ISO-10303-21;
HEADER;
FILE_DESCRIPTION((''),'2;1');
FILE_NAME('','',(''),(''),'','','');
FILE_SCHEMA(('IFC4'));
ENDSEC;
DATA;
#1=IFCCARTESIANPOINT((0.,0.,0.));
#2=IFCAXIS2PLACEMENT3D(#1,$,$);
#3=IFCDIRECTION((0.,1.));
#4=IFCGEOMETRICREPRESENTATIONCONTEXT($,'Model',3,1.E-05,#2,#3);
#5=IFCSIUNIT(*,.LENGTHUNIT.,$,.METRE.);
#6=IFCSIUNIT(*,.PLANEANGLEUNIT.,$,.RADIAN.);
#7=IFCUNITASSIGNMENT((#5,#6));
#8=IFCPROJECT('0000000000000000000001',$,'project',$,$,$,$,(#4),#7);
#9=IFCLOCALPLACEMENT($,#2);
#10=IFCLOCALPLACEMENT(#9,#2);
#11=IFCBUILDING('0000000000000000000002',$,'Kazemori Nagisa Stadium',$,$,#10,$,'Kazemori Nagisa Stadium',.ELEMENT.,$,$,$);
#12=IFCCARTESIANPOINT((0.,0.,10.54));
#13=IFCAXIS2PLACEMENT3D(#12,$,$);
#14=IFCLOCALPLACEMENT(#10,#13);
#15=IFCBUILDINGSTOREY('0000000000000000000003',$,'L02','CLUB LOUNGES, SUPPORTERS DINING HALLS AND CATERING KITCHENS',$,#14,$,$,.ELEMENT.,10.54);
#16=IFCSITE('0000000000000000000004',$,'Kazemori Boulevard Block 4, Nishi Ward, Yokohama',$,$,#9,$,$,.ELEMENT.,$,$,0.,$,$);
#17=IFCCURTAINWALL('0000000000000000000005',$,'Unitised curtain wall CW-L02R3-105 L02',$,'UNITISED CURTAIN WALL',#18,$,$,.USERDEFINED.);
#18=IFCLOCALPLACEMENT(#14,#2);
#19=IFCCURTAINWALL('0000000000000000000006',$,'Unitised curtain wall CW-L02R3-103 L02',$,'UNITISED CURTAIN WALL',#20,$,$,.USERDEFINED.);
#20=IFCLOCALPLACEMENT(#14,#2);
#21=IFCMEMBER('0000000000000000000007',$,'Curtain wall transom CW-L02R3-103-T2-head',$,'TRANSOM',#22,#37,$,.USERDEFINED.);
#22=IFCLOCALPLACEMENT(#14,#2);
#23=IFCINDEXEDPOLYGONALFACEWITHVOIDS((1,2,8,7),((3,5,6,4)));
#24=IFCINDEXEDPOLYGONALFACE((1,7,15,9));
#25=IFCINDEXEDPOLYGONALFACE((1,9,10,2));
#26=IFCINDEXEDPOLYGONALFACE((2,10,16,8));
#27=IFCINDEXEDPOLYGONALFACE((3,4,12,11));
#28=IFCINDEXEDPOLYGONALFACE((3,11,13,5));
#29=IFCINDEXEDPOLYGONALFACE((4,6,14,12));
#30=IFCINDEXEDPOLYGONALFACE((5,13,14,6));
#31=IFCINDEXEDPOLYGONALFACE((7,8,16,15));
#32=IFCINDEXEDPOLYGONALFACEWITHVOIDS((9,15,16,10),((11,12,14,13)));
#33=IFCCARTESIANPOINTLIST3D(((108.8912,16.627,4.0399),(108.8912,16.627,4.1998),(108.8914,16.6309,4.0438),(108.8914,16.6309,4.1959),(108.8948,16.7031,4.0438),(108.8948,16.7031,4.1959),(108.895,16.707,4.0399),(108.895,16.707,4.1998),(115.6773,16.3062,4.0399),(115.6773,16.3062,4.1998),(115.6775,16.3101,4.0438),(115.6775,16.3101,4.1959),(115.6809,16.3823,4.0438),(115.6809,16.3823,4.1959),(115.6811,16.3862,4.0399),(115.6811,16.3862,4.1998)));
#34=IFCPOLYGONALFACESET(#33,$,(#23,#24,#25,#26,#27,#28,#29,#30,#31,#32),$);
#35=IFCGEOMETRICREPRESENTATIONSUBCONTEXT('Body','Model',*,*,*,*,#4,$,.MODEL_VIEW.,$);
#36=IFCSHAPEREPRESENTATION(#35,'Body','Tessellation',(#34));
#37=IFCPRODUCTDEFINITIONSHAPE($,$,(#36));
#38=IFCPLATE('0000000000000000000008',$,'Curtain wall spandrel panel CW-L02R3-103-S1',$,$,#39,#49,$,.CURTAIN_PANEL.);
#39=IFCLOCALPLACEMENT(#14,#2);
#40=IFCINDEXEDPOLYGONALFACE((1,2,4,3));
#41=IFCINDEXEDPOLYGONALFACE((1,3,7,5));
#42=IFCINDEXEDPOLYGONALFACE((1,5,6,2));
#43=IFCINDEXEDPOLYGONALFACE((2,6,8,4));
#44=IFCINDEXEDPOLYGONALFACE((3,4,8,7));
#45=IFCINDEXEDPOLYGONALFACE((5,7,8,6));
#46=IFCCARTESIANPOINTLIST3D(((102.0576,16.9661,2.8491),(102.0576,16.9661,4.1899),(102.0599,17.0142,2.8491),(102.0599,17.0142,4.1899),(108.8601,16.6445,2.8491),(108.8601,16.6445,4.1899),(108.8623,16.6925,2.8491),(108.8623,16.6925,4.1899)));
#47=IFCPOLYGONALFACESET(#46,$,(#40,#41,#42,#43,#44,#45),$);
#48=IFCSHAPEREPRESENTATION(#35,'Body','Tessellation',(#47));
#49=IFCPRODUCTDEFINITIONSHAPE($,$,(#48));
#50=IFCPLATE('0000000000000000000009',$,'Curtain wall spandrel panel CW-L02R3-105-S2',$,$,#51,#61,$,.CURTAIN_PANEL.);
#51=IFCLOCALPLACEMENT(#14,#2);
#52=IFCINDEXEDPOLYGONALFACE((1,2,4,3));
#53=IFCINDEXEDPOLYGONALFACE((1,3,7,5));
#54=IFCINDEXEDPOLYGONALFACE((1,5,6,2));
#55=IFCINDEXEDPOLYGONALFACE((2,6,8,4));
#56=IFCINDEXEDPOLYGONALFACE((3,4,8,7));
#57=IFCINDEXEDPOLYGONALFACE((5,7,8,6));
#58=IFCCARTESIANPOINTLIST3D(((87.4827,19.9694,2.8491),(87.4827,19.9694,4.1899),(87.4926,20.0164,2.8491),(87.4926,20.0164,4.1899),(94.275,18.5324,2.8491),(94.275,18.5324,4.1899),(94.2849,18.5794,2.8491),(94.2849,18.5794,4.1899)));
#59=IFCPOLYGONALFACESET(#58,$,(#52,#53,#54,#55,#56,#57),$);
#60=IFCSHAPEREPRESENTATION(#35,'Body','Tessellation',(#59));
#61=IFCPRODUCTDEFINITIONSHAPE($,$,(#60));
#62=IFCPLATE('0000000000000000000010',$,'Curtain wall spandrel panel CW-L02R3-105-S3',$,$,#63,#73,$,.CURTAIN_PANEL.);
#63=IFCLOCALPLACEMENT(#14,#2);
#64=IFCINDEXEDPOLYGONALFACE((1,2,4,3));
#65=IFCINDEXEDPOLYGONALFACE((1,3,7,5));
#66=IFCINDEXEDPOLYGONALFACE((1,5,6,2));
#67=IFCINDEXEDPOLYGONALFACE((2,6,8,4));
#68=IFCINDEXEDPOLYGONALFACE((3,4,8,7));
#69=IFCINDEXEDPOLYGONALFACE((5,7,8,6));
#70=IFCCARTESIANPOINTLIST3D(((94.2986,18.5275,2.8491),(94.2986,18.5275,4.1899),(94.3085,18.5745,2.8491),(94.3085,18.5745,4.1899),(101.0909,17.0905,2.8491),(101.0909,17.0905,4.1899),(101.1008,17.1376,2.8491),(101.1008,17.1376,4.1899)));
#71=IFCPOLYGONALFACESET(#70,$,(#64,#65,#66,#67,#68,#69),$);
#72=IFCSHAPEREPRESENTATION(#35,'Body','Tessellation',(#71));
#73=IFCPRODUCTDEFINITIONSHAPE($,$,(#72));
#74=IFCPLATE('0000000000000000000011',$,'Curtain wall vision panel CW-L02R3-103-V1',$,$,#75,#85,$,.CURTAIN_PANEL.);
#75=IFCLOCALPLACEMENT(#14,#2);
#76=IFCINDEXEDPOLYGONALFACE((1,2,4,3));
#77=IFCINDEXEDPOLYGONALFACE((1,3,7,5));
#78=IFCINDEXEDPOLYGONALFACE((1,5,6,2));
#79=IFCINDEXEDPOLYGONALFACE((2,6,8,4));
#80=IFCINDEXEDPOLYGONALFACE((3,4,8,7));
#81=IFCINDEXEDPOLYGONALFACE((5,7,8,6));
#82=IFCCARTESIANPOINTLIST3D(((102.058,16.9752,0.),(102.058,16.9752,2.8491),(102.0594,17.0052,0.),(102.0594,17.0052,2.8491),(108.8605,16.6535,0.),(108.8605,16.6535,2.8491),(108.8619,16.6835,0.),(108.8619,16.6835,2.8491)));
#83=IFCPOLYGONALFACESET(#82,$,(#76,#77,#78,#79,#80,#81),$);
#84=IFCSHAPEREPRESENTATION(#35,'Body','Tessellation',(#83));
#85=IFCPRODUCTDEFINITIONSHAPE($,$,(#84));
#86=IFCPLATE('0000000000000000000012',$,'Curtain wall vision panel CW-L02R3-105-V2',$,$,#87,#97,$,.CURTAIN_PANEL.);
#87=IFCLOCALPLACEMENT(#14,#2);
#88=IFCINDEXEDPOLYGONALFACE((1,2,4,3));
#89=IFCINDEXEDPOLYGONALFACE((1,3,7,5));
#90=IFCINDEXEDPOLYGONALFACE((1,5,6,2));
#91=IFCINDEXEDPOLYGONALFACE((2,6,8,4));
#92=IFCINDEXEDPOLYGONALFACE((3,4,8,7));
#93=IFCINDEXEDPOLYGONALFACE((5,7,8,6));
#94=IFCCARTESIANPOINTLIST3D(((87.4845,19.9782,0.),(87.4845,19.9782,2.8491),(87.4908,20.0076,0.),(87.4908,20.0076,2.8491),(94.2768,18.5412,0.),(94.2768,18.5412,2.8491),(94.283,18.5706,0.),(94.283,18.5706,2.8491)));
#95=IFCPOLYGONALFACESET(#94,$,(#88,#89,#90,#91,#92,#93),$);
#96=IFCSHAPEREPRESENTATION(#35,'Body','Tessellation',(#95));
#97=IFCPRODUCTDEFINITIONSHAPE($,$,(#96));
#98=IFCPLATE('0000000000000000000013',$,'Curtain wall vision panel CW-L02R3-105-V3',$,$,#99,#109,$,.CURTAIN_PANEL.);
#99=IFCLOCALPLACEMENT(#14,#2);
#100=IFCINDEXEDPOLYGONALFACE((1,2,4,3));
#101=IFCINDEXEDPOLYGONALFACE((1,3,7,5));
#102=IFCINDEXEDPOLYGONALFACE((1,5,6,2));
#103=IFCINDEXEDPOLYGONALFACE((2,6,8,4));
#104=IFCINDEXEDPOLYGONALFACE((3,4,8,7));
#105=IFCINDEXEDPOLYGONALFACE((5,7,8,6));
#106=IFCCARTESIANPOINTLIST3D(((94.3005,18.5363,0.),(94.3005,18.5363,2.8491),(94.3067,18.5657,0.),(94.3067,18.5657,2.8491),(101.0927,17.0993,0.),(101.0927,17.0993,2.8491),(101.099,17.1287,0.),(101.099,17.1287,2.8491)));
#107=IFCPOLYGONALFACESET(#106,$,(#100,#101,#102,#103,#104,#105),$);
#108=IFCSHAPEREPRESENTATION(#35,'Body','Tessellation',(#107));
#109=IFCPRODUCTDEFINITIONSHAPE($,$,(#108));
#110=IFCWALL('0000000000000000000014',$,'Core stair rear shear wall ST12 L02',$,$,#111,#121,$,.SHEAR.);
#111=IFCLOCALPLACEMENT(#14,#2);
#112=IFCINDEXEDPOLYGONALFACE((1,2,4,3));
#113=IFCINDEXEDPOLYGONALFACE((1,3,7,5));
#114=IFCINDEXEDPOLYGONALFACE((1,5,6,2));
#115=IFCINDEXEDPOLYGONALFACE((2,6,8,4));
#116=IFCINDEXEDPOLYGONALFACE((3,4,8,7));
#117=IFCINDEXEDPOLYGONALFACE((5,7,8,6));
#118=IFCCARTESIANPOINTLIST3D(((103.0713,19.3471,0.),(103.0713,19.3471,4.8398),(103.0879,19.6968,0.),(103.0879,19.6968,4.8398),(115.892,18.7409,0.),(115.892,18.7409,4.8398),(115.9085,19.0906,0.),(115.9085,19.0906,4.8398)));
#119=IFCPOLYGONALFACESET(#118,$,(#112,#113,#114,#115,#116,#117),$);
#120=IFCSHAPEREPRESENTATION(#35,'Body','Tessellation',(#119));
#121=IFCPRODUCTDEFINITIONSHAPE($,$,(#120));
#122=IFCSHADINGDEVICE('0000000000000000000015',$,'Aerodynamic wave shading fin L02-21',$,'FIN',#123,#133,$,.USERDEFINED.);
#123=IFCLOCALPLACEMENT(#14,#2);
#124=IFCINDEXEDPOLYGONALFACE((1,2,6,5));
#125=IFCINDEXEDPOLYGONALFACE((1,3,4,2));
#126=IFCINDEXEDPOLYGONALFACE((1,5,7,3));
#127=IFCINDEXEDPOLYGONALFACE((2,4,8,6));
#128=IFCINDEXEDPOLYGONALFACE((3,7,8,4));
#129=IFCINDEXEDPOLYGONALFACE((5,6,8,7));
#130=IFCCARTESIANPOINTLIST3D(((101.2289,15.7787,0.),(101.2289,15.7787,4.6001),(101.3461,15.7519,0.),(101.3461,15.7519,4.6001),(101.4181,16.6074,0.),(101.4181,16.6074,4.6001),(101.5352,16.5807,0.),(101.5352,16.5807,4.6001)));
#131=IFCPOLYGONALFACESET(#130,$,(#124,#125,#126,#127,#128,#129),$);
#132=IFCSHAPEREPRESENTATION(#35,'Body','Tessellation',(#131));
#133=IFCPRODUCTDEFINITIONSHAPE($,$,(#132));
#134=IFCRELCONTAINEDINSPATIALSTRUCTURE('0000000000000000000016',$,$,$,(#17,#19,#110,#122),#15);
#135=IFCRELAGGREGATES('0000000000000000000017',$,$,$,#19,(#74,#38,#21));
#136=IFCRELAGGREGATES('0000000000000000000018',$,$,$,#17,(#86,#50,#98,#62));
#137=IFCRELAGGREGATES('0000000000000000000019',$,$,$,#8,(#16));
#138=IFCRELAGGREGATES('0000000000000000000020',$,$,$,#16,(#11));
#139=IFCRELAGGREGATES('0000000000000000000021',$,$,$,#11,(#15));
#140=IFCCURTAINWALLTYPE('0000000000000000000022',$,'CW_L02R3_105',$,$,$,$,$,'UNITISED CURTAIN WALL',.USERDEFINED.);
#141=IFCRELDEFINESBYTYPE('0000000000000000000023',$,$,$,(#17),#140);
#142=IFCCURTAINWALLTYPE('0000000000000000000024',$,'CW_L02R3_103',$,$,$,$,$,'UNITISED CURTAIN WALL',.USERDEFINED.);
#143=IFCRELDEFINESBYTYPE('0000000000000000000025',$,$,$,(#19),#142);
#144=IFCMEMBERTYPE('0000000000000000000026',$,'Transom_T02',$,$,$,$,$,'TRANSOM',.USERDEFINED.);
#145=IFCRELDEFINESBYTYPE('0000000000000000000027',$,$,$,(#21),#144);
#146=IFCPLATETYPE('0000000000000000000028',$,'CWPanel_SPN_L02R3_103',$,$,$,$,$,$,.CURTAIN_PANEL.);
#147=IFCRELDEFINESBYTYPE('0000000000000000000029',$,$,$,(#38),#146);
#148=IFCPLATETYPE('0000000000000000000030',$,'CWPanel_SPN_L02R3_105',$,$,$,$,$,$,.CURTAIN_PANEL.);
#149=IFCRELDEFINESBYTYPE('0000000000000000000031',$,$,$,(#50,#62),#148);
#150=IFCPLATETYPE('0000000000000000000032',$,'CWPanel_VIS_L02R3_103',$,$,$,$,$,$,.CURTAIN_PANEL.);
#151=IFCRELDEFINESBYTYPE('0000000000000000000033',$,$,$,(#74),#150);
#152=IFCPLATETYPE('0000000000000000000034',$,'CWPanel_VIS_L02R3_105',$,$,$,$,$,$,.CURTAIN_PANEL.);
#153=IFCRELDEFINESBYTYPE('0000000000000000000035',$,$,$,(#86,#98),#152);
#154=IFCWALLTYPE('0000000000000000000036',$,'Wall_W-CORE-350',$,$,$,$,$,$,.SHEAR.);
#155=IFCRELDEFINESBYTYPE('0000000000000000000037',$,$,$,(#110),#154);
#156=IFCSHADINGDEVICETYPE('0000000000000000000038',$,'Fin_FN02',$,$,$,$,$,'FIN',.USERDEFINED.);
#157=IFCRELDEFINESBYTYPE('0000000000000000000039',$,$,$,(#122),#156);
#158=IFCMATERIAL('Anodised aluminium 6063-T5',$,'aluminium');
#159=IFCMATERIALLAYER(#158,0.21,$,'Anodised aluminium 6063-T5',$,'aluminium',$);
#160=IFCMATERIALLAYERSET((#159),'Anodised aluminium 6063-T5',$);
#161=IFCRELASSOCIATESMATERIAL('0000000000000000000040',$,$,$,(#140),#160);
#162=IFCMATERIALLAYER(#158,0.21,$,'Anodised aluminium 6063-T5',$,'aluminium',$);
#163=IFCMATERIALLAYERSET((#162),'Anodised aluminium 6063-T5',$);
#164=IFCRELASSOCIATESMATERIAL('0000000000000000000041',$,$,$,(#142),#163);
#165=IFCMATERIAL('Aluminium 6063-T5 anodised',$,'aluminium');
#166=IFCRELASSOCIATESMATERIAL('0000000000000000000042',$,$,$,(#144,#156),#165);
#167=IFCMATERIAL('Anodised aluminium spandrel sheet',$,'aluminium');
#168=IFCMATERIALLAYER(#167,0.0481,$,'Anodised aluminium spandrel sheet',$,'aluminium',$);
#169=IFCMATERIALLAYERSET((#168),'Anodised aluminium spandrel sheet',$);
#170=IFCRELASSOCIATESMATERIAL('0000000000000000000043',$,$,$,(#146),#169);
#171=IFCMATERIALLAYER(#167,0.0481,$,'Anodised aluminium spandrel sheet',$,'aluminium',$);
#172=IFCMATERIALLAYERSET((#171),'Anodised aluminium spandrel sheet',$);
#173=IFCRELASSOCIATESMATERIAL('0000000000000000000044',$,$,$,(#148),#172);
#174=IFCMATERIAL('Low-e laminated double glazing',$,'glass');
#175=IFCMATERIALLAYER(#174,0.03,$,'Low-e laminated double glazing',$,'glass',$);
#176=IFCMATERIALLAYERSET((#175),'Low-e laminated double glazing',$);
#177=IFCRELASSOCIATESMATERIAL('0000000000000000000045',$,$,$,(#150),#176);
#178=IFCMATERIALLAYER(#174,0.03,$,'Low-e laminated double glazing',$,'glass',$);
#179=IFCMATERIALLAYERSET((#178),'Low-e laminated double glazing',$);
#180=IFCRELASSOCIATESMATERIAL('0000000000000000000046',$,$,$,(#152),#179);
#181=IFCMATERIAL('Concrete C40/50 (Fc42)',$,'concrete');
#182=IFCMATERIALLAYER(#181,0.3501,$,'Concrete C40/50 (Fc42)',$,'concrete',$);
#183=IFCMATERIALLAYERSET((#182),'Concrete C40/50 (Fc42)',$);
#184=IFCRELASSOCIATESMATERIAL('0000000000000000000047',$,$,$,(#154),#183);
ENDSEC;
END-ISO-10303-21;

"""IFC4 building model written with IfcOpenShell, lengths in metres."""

from ifc_helpers import new_model, si_unit, direction, frame, frame_2d, origin, origin_2d, place, context, subcontext, project, spatial, rectangle, hollow_rectangle, extrude, material, layer, layer_set, material_profile, profile_set, type_object, element, aggregate, save


model = new_model("IFC4")

# Units and contexts
model_context = context("Model", 3, precision=1e-05, world=origin(), true_north=direction((0.0, 1.0)))
body_context = subcontext(model_context, "Body", "Model", "MODEL_VIEW")
ifc_project = project(units=[si_unit("LENGTHUNIT", "METRE"), si_unit("PLANEANGLEUNIT", "RADIAN")], contexts=[model_context])

# Site, building, storey
site_placement = place(None, origin())
site = spatial("IfcSite", under=ifc_project, at=site_placement, Name="Kazemori Boulevard Block 4, Nishi Ward, Yokohama", CompositionType="ELEMENT", RefElevation=0.0)
building_placement = place(site_placement, origin())
building = spatial("IfcBuilding", under=site, at=building_placement, Name="Kazemori Nagisa Stadium", LongName="Kazemori Nagisa Stadium", CompositionType="ELEMENT")
storey_placement = place(building_placement, frame((0.0, 0.0, 10.54)))
storey = spatial("IfcBuildingStorey", under=building, at=storey_placement, Name="L02", Description="CLUB LOUNGES, SUPPORTERS DINING HALLS AND CATERING KITCHENS", CompositionType="ELEMENT", Elevation=10.54)

# Shared definitions
ifc_material_1 = material(Name="Concrete C40/50 (Fc42)", Category="concrete")

# Curtain walls
ifc_material_2 = material(Name="Anodised aluminium 6063-T5", Category="aluminium")
ifc_layer_1 = layer(ifc_material_2, 0.21, Name="Anodised aluminium 6063-T5", Category="aluminium")
ifc_layer_set_1 = layer_set([ifc_layer_1], Name="Anodised aluminium 6063-T5")
curtain_wall_type_1 = type_object("IfcCurtainWallType", Name="CW_L02R3_105", ElementType="UNITISED CURTAIN WALL", PredefinedType="USERDEFINED", material=ifc_layer_set_1)
curtain_wall_1_placement = place(storey_placement, origin())
curtain_wall_1 = element("IfcCurtainWall", 1, at=curtain_wall_1_placement, inside=storey, type_object=curtain_wall_type_1, Name="Unitised curtain wall CW-L02R3-105 L02", ObjectType="UNITISED CURTAIN WALL", PredefinedType="USERDEFINED")
ifc_material_3 = material(Name="Aluminium 6063-T5 anodised", Category="aluminium")
ifc_layer_2 = layer(ifc_material_2, 0.21, Name="Anodised aluminium 6063-T5", Category="aluminium")
ifc_layer_set_2 = layer_set([ifc_layer_2], Name="Anodised aluminium 6063-T5")
curtain_wall_type_2 = type_object("IfcCurtainWallType", Name="CW_L02R3_103", ElementType="UNITISED CURTAIN WALL", PredefinedType="USERDEFINED", material=ifc_layer_set_2)
curtain_wall_2_placement = place(storey_placement, origin())
curtain_wall_2 = element("IfcCurtainWall", 2, at=curtain_wall_2_placement, inside=storey, type_object=curtain_wall_type_2, Name="Unitised curtain wall CW-L02R3-103 L02", ObjectType="UNITISED CURTAIN WALL", PredefinedType="USERDEFINED")

# Member
ifc_material_profile_1 = material_profile(ifc_material_3, hollow_rectangle(XDim=0.0801, YDim=0.1599, WallThickness=0.0039, at=origin_2d()), Name="ALU-TRAN-80x160x4")
ifc_profile_set_1 = profile_set([ifc_material_profile_1], Name="Aluminium 6063-T5 anodised")
member_type_1 = type_object("IfcMemberType", Name="Transom_T02", ElementType="TRANSOM", PredefinedType="USERDEFINED", material=ifc_profile_set_1)
member_1_placement = place(storey_placement, frame((108.8931, 16.667, 4.1199), z_axis=(0.998885, -0.04722, 0.0), x_axis=(0.04722, 0.998885, 0.0)))
member_1 = element("IfcMember", 3, at=member_1_placement, type_object=member_type_1, Name="Curtain wall transom CW-L02R3-103-T2-head", ObjectType="TRANSOM", PredefinedType="USERDEFINED", context=body_context, shape_type="SweptSolid", body=[
    extrude(hollow_rectangle(XDim=0.0801, YDim=0.1599, WallThickness=0.0039, at=origin_2d()), origin(), (0.0, 0.0, 1.0), 6.7937),
])

# Plates
ifc_material_4 = material(Name="Anodised aluminium spandrel sheet", Category="aluminium")
ifc_layer_3 = layer(ifc_material_4, 0.0481, Name="Anodised aluminium spandrel sheet", Category="aluminium")
ifc_layer_set_3 = layer_set([ifc_layer_3], Name="Anodised aluminium spandrel sheet")
plate_type_1 = type_object("IfcPlateType", Name="CWPanel_SPN_L02R3_103", PredefinedType="CURTAIN_PANEL", material=ifc_layer_set_3)
plate_1_placement = place(storey_placement, frame((105.46, 16.8293, 2.8491), z_axis=(0.0, 0.0, 1.0), x_axis=(0.998884, -0.04723, 0.0)))
plate_1 = element("IfcPlate", 4, at=plate_1_placement, type_object=plate_type_1, Name="Curtain wall spandrel panel CW-L02R3-103-S1", PredefinedType="CURTAIN_PANEL", context=body_context, shape_type="SweptSolid", body=[
    extrude(rectangle(XDim=6.8101, YDim=0.0481, at=origin_2d()), origin(), (0.0, 0.0, 1.0), 1.3408),
])
ifc_layer_4 = layer(ifc_material_4, 0.0481, Name="Anodised aluminium spandrel sheet", Category="aluminium")
ifc_layer_set_4 = layer_set([ifc_layer_4], Name="Anodised aluminium spandrel sheet")
plate_type_2 = type_object("IfcPlateType", Name="CWPanel_SPN_L02R3_105", PredefinedType="CURTAIN_PANEL", material=ifc_layer_set_4)
plate_2_placement = place(storey_placement, frame((90.8838, 19.2744, 2.8491), z_axis=(0.0, 0.0, 1.0), x_axis=(0.978345, -0.206981, 0.0)))
plate_2 = element("IfcPlate", 5, at=plate_2_placement, type_object=plate_type_2, Name="Curtain wall spandrel panel CW-L02R3-105-S2", PredefinedType="CURTAIN_PANEL", context=body_context, shape_type="SweptSolid", body=[
    extrude(rectangle(XDim=6.9426, YDim=0.0481, at=origin_2d()), origin(), (0.0, 0.0, 1.0), 1.3408),
])
plate_3_placement = place(storey_placement, frame((97.6997, 17.8325, 2.8491), z_axis=(0.0, 0.0, 1.0), x_axis=(0.978345, -0.206981, 0.0)))
plate_3 = element("IfcPlate", 6, at=plate_3_placement, type_object=plate_type_2, Name="Curtain wall spandrel panel CW-L02R3-105-S3", PredefinedType="CURTAIN_PANEL", context=body_context, shape_type="SweptSolid", body=[
    extrude(rectangle(XDim=6.9426, YDim=0.0481, at=origin_2d()), origin(), (0.0, 0.0, 1.0), 1.3408),
])
ifc_material_5 = material(Name="Low-e laminated double glazing", Category="glass")
ifc_layer_5 = layer(ifc_material_5, 0.03, Name="Low-e laminated double glazing", Category="glass")
ifc_layer_set_5 = layer_set([ifc_layer_5], Name="Low-e laminated double glazing")
plate_type_3 = type_object("IfcPlateType", Name="CWPanel_VIS_L02R3_103", PredefinedType="CURTAIN_PANEL", material=ifc_layer_set_5)
plate_4_placement = place(storey_placement, frame((105.46, 16.8293, 0.0), z_axis=(0.0, 0.0, 1.0), x_axis=(0.998884, -0.04723, 0.0)))
plate_4 = element("IfcPlate", 7, at=plate_4_placement, type_object=plate_type_3, Name="Curtain wall vision panel CW-L02R3-103-V1", PredefinedType="CURTAIN_PANEL", context=body_context, shape_type="SweptSolid", body=[
    extrude(rectangle(XDim=6.8101, YDim=0.03, at=origin_2d()), origin(), (0.0, 0.0, 1.0), 2.8491),
])
aggregate(curtain_wall_2, [plate_4, plate_1, member_1])
ifc_layer_6 = layer(ifc_material_5, 0.03, Name="Low-e laminated double glazing", Category="glass")
ifc_layer_set_6 = layer_set([ifc_layer_6], Name="Low-e laminated double glazing")
plate_type_4 = type_object("IfcPlateType", Name="CWPanel_VIS_L02R3_105", PredefinedType="CURTAIN_PANEL", material=ifc_layer_set_6)
plate_5_placement = place(storey_placement, frame((90.8838, 19.2744, 0.0), z_axis=(0.0, 0.0, 1.0), x_axis=(0.978345, -0.206981, 0.0)))
plate_5 = element("IfcPlate", 8, at=plate_5_placement, type_object=plate_type_4, Name="Curtain wall vision panel CW-L02R3-105-V2", PredefinedType="CURTAIN_PANEL", context=body_context, shape_type="SweptSolid", body=[
    extrude(rectangle(XDim=6.9426, YDim=0.03, at=origin_2d()), origin(), (0.0, 0.0, 1.0), 2.8491),
])
plate_6_placement = place(storey_placement, frame((97.6997, 17.8325, 0.0), z_axis=(0.0, 0.0, 1.0), x_axis=(0.978345, -0.206981, 0.0)))
plate_6 = element("IfcPlate", 9, at=plate_6_placement, type_object=plate_type_4, Name="Curtain wall vision panel CW-L02R3-105-V3", PredefinedType="CURTAIN_PANEL", context=body_context, shape_type="SweptSolid", body=[
    extrude(rectangle(XDim=6.9426, YDim=0.03, at=origin_2d()), origin(), (0.0, 0.0, 1.0), 2.8491),
])
aggregate(curtain_wall_1, [plate_5, plate_2, plate_6, plate_3])

# Wall
ifc_layer_7 = layer(ifc_material_1, 0.3501, Name="Concrete C40/50 (Fc42)", Category="concrete")
ifc_layer_set_7 = layer_set([ifc_layer_7], Name="Concrete C40/50 (Fc42)")
wall_type = type_object("IfcWallType", Name="Wall_W-CORE-350", PredefinedType="SHEAR", material=ifc_layer_set_7)
wall_placement = place(storey_placement, frame((103.0796, 19.522, 0.0), z_axis=(0.0, 0.0, 1.0), x_axis=(0.998884, -0.047231, 0.0)))
element("IfcWall", 10, at=wall_placement, inside=storey, type_object=wall_type, Name="Core stair rear shear wall ST12 L02", PredefinedType="SHEAR", context=body_context, shape_type="SweptSolid", body=[
    extrude(rectangle(XDim=12.835, YDim=0.3501, at=frame_2d((6.4175, 0.0))), origin(), (0.0, 0.0, 1.0), 4.8398),
])

# Shading device
shading_device_type = type_object("IfcShadingDeviceType", Name="Fin_FN02", ElementType="FIN", PredefinedType="USERDEFINED", material=ifc_material_3)
shading_device_placement = place(storey_placement, frame((101.3821, 16.1797, 0.0), z_axis=(0.0, 0.0, 1.0), x_axis=(-0.222521, -0.974928, 0.0)))
element("IfcShadingDevice", 11, at=shading_device_placement, inside=storey, type_object=shading_device_type, Name="Aerodynamic wave shading fin L02-21", ObjectType="FIN", PredefinedType="USERDEFINED", context=body_context, shape_type="SweptSolid", body=[
    extrude(rectangle(XDim=0.8501, YDim=0.1201, at=origin_2d()), origin(), (0.0, 0.0, 1.0), 4.6001),
])

save(model, "model.ifc")
